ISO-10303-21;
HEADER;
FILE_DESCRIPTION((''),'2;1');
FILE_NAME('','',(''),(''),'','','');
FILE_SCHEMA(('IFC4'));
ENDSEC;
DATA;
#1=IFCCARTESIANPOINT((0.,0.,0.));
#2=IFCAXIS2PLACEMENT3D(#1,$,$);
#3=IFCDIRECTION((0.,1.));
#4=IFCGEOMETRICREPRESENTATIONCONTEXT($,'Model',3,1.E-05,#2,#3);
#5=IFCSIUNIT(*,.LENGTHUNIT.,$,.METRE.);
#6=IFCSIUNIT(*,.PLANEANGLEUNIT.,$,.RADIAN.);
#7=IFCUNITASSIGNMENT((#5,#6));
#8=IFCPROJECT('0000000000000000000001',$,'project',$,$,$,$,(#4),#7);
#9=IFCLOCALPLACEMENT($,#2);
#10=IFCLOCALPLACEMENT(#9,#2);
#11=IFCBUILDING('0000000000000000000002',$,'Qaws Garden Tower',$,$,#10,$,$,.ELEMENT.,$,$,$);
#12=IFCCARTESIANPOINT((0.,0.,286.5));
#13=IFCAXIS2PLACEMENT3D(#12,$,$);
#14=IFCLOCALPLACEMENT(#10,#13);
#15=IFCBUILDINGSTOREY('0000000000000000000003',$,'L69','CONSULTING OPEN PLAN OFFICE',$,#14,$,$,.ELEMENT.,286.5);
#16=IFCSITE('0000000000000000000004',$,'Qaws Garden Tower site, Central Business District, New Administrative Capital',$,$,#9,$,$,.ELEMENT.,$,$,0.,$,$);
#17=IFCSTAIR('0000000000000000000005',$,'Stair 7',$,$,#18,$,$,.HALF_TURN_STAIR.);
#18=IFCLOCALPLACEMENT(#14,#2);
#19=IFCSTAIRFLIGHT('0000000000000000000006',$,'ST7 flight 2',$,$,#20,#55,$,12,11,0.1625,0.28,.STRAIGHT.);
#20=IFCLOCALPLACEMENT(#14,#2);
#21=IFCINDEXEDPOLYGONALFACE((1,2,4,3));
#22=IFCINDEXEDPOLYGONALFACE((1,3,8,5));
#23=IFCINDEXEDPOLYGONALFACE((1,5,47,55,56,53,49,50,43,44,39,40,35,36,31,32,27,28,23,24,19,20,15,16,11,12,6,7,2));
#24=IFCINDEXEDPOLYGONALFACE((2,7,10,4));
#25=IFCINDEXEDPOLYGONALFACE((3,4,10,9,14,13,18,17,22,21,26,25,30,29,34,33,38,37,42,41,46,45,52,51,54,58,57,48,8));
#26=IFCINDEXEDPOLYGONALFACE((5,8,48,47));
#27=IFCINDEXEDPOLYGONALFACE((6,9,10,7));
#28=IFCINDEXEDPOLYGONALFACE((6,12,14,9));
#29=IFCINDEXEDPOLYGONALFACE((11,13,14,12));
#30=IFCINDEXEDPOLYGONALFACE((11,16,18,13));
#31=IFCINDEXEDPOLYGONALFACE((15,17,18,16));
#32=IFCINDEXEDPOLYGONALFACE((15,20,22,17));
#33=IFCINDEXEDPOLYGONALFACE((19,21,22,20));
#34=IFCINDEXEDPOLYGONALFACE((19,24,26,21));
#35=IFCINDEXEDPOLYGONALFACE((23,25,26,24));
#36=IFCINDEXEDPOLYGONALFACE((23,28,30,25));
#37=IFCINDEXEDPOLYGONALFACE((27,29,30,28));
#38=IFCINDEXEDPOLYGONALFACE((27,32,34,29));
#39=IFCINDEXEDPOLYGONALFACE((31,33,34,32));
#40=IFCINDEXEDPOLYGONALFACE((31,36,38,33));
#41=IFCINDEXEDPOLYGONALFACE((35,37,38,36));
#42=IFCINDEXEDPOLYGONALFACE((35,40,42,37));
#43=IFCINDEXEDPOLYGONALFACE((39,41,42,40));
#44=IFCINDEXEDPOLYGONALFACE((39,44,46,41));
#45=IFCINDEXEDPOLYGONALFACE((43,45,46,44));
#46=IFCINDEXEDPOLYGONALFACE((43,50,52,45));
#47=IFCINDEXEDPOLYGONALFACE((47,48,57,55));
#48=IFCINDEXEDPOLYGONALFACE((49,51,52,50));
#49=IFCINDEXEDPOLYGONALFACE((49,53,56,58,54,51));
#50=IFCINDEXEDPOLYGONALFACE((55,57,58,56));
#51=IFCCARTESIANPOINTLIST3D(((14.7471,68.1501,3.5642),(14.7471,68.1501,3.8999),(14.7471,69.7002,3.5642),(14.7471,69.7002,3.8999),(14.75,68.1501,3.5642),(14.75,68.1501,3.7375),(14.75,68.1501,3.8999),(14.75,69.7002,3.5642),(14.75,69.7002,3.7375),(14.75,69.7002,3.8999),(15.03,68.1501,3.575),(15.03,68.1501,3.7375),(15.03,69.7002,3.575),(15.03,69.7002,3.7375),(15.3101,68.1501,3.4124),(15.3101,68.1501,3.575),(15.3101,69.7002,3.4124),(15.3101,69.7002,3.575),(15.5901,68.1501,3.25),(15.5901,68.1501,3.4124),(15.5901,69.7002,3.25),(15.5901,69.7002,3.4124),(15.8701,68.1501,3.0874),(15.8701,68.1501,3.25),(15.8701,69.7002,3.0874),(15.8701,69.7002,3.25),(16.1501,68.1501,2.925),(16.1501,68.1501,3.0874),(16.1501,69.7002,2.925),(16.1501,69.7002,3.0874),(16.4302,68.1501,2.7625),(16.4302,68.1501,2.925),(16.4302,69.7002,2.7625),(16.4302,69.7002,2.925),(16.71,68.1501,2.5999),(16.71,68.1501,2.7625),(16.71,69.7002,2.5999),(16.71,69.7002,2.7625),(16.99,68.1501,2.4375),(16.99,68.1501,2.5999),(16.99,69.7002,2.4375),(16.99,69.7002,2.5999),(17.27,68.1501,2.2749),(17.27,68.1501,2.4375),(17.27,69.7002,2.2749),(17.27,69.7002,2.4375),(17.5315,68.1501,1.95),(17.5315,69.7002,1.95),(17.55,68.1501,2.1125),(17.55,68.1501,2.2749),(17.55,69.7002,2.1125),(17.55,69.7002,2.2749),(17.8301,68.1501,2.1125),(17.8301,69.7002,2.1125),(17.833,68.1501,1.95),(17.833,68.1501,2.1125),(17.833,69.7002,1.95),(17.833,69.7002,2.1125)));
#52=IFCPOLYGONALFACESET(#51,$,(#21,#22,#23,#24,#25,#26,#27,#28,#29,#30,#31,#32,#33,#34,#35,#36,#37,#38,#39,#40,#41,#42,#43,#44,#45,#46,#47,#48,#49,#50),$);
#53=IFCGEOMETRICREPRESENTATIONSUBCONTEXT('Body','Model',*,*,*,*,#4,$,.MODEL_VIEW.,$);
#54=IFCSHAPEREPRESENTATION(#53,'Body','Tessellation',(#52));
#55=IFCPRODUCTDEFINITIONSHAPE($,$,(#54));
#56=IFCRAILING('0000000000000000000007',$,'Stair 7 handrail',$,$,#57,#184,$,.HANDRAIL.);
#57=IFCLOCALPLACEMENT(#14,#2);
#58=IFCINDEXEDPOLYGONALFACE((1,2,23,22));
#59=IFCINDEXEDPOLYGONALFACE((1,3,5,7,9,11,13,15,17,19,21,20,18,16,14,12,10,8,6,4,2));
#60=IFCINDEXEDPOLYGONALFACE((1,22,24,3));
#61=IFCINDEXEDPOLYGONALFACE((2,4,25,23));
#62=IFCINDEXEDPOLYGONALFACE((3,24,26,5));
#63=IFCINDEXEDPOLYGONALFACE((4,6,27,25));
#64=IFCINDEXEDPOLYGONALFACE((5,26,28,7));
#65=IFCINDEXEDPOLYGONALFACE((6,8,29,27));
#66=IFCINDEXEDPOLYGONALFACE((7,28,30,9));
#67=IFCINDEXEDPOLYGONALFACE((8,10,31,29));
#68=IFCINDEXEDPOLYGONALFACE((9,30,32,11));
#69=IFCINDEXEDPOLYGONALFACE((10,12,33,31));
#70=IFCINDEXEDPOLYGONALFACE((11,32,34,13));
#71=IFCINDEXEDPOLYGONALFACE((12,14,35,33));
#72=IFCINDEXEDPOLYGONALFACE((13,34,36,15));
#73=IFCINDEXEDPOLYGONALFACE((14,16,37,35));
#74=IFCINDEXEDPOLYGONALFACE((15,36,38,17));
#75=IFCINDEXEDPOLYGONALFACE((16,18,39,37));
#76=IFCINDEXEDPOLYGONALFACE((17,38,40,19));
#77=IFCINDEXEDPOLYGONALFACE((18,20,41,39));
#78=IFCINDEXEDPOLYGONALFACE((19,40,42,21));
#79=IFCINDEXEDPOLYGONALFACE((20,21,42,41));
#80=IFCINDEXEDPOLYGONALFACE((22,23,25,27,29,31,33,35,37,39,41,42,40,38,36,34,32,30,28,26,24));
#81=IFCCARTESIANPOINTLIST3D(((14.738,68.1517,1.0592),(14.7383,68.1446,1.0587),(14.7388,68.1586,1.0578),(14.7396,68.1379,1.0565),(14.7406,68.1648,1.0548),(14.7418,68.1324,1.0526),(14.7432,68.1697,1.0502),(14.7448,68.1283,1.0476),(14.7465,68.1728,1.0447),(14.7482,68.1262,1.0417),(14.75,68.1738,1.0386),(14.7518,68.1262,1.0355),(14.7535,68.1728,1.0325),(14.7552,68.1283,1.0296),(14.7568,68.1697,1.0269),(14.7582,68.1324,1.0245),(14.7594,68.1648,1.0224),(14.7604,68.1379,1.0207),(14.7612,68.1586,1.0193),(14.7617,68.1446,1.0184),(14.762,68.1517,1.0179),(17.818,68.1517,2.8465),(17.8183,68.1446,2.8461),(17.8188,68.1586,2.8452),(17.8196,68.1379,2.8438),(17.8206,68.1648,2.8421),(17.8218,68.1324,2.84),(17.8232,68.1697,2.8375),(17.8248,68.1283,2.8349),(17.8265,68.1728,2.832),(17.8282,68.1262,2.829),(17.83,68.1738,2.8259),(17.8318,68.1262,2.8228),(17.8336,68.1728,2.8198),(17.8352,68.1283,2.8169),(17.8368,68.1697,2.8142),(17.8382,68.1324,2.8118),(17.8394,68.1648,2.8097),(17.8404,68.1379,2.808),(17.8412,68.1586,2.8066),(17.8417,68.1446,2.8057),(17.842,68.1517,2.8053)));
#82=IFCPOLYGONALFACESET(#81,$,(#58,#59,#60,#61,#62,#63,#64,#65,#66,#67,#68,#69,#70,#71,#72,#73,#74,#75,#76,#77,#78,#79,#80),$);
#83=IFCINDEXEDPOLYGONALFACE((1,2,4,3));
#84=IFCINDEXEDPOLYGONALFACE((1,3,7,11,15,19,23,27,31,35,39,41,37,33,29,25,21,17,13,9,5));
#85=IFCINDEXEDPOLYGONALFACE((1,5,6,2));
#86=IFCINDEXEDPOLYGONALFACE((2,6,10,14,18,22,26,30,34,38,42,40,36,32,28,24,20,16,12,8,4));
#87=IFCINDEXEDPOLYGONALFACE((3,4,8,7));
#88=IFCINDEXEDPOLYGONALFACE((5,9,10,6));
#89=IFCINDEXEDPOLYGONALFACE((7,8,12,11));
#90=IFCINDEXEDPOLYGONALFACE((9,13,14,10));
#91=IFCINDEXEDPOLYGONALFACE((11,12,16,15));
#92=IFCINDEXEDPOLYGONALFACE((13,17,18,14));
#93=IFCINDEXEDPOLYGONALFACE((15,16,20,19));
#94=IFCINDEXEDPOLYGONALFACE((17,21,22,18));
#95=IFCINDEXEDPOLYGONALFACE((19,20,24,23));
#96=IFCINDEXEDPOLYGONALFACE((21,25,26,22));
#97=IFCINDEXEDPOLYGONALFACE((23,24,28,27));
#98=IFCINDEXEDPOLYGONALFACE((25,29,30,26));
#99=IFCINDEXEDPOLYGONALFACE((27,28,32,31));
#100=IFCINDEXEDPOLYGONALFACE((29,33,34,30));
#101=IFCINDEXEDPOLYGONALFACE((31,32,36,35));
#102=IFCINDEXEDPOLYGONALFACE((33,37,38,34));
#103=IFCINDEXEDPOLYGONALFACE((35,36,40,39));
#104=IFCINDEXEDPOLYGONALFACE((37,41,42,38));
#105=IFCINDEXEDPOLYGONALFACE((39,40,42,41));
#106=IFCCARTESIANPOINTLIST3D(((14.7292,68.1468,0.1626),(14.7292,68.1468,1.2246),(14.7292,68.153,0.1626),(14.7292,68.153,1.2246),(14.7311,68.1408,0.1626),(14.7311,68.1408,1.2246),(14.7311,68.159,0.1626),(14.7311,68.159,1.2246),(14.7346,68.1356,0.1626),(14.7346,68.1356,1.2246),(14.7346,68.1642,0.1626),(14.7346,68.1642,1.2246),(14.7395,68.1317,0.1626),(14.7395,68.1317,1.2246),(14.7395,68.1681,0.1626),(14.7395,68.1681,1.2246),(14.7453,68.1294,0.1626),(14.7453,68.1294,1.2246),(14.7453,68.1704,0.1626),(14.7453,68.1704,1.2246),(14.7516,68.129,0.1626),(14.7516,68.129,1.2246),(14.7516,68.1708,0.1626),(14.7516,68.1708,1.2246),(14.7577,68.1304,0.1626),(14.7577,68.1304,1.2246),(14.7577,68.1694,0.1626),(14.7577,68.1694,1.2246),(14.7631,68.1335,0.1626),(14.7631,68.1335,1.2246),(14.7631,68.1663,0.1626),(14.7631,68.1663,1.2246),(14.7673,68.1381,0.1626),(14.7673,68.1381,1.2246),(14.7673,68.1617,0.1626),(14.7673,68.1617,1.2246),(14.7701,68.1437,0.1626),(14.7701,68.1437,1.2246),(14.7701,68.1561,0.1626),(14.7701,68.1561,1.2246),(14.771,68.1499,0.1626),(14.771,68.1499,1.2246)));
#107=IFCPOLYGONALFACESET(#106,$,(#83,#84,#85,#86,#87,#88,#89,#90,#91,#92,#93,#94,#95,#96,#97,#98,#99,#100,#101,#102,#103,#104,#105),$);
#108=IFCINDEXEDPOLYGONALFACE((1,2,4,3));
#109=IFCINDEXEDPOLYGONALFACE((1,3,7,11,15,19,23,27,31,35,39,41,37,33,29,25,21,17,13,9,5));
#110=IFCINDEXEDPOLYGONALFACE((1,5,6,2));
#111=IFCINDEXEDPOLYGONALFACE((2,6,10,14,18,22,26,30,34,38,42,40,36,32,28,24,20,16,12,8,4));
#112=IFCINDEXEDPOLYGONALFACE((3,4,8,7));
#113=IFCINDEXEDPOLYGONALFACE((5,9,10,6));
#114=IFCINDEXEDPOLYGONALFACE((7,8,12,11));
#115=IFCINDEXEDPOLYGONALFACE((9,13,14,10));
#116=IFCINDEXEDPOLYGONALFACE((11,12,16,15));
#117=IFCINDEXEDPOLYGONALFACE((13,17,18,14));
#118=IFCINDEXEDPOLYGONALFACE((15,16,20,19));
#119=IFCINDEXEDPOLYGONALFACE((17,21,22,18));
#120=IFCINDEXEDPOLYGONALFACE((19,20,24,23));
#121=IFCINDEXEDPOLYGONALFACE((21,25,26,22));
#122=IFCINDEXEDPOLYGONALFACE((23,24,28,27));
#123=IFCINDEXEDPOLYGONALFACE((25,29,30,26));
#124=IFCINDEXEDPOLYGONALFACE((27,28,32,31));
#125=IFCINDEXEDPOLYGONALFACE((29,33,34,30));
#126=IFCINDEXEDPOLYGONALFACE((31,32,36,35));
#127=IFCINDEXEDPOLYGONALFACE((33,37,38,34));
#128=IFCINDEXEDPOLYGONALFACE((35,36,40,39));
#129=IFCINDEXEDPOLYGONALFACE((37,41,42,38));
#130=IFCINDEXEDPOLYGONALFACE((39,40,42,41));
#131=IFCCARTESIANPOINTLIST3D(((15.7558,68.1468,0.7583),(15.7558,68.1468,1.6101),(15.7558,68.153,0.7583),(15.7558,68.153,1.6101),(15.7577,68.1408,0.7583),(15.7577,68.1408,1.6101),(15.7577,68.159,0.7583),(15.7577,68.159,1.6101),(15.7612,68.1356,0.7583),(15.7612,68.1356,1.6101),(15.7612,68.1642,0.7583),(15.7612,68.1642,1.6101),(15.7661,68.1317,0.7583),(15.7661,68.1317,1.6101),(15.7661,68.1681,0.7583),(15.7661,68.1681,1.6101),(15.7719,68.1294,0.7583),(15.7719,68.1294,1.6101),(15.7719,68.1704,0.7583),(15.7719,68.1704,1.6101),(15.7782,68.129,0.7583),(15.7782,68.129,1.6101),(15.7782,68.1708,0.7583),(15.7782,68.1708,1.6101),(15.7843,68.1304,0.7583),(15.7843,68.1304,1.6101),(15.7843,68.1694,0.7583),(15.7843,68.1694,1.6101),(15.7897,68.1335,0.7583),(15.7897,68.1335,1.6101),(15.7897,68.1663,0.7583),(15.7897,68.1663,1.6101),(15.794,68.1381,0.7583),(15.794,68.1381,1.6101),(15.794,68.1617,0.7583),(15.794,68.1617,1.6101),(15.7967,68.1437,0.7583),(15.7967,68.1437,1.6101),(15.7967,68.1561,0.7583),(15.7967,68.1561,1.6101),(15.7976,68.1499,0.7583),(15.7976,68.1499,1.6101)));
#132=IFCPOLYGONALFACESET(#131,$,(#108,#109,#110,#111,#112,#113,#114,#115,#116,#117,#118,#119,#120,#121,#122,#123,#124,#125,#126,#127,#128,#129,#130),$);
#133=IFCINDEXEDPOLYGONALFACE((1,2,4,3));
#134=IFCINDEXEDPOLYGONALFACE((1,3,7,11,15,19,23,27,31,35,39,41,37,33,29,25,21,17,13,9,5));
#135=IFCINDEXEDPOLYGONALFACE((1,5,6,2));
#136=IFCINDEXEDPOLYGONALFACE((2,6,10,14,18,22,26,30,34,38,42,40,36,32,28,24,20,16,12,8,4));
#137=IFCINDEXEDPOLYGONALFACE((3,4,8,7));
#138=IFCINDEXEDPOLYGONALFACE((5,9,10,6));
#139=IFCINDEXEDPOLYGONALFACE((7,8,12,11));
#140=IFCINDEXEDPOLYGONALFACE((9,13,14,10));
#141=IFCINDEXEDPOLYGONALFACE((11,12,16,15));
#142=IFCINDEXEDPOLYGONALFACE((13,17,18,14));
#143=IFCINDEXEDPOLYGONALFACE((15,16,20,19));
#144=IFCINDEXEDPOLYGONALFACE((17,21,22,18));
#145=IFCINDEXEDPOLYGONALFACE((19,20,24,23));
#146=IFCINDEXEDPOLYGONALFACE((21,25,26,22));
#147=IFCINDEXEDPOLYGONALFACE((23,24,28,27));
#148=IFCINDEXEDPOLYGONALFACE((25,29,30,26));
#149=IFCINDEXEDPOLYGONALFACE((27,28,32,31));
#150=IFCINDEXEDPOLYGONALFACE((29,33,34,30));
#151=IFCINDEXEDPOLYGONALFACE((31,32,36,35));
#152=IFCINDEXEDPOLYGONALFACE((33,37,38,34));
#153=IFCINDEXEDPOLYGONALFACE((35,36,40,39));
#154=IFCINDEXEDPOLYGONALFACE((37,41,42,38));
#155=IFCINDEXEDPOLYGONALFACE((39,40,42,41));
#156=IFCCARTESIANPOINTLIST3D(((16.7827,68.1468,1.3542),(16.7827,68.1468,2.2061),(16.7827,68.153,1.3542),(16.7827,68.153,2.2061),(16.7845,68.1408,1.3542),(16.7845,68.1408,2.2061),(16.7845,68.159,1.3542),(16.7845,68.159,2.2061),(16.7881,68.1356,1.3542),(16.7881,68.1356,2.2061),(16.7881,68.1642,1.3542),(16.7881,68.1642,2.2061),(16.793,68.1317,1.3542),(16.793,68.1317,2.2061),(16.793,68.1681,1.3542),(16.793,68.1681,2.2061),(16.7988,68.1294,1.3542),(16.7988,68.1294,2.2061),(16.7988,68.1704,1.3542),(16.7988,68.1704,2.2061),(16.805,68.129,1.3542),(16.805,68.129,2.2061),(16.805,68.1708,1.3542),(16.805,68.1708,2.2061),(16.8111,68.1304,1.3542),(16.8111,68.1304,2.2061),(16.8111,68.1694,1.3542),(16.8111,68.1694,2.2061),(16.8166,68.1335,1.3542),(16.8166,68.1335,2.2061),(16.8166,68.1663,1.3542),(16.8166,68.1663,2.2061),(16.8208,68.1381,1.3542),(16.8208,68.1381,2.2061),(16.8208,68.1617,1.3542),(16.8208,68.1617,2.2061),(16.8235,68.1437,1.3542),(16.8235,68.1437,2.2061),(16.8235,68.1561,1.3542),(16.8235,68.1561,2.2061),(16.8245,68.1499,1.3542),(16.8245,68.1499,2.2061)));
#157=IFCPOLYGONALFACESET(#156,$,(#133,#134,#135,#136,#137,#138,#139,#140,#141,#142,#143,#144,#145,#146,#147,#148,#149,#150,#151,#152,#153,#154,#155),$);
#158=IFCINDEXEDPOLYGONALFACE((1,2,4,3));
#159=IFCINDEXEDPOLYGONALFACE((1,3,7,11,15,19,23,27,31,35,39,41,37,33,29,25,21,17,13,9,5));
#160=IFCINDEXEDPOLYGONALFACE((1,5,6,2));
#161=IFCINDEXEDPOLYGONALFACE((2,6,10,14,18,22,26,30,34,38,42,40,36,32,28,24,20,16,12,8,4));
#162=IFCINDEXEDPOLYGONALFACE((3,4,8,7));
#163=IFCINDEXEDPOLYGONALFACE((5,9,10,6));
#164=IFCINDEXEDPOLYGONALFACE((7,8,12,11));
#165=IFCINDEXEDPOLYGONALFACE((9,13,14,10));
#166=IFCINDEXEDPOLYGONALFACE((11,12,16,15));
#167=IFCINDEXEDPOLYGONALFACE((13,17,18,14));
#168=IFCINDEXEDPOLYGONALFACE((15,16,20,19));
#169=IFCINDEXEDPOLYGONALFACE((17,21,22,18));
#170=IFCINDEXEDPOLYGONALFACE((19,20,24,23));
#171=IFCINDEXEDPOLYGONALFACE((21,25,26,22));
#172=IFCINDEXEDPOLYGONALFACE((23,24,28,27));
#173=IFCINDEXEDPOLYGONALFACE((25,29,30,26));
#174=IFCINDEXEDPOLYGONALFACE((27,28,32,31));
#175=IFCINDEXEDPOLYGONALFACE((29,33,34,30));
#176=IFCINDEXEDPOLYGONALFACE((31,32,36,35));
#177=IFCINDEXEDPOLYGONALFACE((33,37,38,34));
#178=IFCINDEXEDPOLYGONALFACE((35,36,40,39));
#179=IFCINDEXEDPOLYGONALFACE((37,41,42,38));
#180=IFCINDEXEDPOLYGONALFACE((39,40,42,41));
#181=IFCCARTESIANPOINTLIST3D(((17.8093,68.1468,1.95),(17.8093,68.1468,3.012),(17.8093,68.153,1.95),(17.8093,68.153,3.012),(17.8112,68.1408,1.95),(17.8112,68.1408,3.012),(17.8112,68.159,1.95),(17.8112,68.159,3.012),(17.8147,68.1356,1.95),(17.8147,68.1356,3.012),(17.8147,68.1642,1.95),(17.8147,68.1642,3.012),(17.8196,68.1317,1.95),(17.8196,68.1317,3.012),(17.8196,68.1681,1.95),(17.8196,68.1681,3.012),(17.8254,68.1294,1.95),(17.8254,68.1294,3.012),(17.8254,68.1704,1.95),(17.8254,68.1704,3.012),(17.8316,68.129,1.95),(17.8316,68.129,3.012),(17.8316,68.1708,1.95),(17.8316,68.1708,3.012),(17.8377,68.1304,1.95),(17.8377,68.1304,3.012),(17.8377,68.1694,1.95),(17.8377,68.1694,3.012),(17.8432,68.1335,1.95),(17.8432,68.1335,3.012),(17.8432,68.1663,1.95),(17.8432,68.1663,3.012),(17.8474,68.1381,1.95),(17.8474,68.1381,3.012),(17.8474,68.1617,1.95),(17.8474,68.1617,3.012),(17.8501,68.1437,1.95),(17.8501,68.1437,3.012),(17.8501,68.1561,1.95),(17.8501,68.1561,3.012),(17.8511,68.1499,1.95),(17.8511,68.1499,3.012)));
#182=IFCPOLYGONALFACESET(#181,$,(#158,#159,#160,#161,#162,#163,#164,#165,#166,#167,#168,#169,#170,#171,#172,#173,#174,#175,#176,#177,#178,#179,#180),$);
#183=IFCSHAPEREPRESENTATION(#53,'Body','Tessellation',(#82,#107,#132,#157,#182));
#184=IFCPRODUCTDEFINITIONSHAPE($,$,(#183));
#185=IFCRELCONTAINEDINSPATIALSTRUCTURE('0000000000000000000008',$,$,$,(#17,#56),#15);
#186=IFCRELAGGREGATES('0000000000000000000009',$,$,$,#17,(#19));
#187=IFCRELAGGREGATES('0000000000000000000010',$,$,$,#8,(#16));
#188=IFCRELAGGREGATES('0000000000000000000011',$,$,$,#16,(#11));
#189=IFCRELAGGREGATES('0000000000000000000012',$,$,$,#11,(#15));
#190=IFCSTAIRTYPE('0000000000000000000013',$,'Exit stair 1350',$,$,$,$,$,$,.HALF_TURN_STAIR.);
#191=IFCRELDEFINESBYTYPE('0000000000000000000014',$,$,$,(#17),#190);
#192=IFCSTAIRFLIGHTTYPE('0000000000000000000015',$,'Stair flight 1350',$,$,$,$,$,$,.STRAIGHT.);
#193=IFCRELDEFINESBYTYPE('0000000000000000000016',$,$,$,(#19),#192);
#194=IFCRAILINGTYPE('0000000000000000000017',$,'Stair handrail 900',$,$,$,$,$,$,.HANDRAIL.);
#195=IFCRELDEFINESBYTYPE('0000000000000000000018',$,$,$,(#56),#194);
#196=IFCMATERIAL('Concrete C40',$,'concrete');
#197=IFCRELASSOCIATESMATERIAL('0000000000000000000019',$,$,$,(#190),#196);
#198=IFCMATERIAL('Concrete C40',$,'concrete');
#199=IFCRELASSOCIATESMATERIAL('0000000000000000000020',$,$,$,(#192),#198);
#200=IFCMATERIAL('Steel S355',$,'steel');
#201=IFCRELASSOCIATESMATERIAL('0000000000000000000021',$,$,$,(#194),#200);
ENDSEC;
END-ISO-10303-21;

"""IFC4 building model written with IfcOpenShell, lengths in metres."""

from ifc_helpers import new_model, si_unit, direction, frame, origin, origin_2d, place, context, subcontext, project, spatial, polyline, circle, outline, extrude, material, type_object, element, aggregate, save


model = new_model("IFC4")

# Units and contexts
model_context = context("Model", 3, precision=1e-05, world=origin(), true_north=direction((0.0, 1.0)))
body_context = subcontext(model_context, "Body", "Model", "MODEL_VIEW")
ifc_project = project(units=[si_unit("LENGTHUNIT", "METRE"), si_unit("PLANEANGLEUNIT", "RADIAN")], contexts=[model_context])

# Site, building, storey
site_placement = place(None, origin())
site = spatial("IfcSite", under=ifc_project, at=site_placement, Name="Qaws Garden Tower site, Central Business District, New Administrative Capital", CompositionType="ELEMENT", RefElevation=0.0)
building_placement = place(site_placement, origin())
building = spatial("IfcBuilding", under=site, at=building_placement, Name="Qaws Garden Tower", CompositionType="ELEMENT")
storey_placement = place(building_placement, frame((0.0, 0.0, 286.5)))
storey = spatial("IfcBuildingStorey", under=building, at=storey_placement, Name="L69", Description="CONSULTING OPEN PLAN OFFICE", CompositionType="ELEMENT", Elevation=286.5)

# Stair, stair flight
ifc_material_1 = material(Name="Concrete C40", Category="concrete")
stair_type = type_object("IfcStairType", Name="Exit stair 1350", PredefinedType="HALF_TURN_STAIR", material=ifc_material_1)
stair_placement = place(storey_placement, origin())
stair = element("IfcStair", 1, at=stair_placement, inside=storey, type_object=stair_type, Name="Stair 7", PredefinedType="HALF_TURN_STAIR")
ifc_material_2 = material(Name="Concrete C40", Category="concrete")
stair_flight_type = type_object("IfcStairFlightType", Name="Stair flight 1350", PredefinedType="STRAIGHT", material=ifc_material_2)
stair_flight_1_placement = place(storey_placement, frame((17.8301, 68.925, 1.95), z_axis=(0.0, 0.0, 1.0), x_axis=(-1.0, 0.0, 0.0)))
stair_flight_1 = element("IfcStairFlight", 2, at=stair_flight_1_placement, type_object=stair_flight_type, Name="ST7 flight 2", NumberOfRisers=12, NumberOfTreads=11, PredefinedType="STRAIGHT", RiserHeight=0.1625, TreadLength=0.28, context=body_context, shape_type="SweptSolid", body=[
    extrude(outline(polyline([(-0.0029, 0.0), (-0.0029, 0.1626), (0.0, 0.1626), (0.28, 0.1626), (0.28, 0.325), (0.5601, 0.325), (0.5601, 0.4875), (0.8401, 0.4875), (0.8401, 0.6499), (1.1201, 0.6499), (1.1201, 0.8125), (1.3999, 0.8125), (1.3999, 0.9751), (1.6799, 0.9751), (1.6799, 1.1375), (1.96, 1.1375), (1.96, 1.3), (2.24, 1.3), (2.24, 1.4624), (2.52, 1.4624), (2.52, 1.625), (2.8, 1.625), (2.8, 1.7876), (3.0801, 1.7876), (3.0801, 1.95), (3.083, 1.95), (3.083, 1.6143), (3.0801, 1.6143), (0.2986, 0.0), (-0.0029, 0.0)])), frame((0.0, 0.7749, 0.0), z_axis=(0.0, -1.0, 0.0), x_axis=(1.0, 0.0, 0.0)), (0.0, 0.0, 1.0), 1.55),
])
aggregate(stair, [stair_flight_1])

# Railing
ifc_material_3 = material(Name="Steel S355", Category="steel")
railing_type = type_object("IfcRailingType", Name="Stair handrail 900", PredefinedType="HANDRAIL", material=ifc_material_3)
railing_1_placement = place(storey_placement, frame((14.75, 68.1499, 0.1626)))
element("IfcRailing", 3, at=railing_1_placement, inside=storey, type_object=railing_type, Name="Stair 7 handrail", PredefinedType="HANDRAIL", context=body_context, shape_type="SweptSolid", body=[
    extrude(circle(Radius=0.0239, at=origin_2d()), frame((0.0, 0.0, 0.876), z_axis=(0.86492, 0.0, 0.501909), x_axis=(0.0, 1.0, 0.0)), (0.0, 0.0, 1.0), 3.561),
    extrude(circle(Radius=0.021, at=origin_2d()), origin(), (0.0, 0.0, 1.0), 1.062),
    extrude(circle(Radius=0.021, at=origin_2d()), frame((1.0266, 0.0, 0.5957)), (0.0, 0.0, 1.0), 0.8518),
    extrude(circle(Radius=0.021, at=origin_2d()), frame((2.0535, 0.0, 1.1917)), (0.0, 0.0, 1.0), 0.8518),
    extrude(circle(Radius=0.021, at=origin_2d()), frame((3.0801, 0.0, 1.7874)), (0.0, 0.0, 1.0), 1.062),
])

save(model, "model.ifc")
